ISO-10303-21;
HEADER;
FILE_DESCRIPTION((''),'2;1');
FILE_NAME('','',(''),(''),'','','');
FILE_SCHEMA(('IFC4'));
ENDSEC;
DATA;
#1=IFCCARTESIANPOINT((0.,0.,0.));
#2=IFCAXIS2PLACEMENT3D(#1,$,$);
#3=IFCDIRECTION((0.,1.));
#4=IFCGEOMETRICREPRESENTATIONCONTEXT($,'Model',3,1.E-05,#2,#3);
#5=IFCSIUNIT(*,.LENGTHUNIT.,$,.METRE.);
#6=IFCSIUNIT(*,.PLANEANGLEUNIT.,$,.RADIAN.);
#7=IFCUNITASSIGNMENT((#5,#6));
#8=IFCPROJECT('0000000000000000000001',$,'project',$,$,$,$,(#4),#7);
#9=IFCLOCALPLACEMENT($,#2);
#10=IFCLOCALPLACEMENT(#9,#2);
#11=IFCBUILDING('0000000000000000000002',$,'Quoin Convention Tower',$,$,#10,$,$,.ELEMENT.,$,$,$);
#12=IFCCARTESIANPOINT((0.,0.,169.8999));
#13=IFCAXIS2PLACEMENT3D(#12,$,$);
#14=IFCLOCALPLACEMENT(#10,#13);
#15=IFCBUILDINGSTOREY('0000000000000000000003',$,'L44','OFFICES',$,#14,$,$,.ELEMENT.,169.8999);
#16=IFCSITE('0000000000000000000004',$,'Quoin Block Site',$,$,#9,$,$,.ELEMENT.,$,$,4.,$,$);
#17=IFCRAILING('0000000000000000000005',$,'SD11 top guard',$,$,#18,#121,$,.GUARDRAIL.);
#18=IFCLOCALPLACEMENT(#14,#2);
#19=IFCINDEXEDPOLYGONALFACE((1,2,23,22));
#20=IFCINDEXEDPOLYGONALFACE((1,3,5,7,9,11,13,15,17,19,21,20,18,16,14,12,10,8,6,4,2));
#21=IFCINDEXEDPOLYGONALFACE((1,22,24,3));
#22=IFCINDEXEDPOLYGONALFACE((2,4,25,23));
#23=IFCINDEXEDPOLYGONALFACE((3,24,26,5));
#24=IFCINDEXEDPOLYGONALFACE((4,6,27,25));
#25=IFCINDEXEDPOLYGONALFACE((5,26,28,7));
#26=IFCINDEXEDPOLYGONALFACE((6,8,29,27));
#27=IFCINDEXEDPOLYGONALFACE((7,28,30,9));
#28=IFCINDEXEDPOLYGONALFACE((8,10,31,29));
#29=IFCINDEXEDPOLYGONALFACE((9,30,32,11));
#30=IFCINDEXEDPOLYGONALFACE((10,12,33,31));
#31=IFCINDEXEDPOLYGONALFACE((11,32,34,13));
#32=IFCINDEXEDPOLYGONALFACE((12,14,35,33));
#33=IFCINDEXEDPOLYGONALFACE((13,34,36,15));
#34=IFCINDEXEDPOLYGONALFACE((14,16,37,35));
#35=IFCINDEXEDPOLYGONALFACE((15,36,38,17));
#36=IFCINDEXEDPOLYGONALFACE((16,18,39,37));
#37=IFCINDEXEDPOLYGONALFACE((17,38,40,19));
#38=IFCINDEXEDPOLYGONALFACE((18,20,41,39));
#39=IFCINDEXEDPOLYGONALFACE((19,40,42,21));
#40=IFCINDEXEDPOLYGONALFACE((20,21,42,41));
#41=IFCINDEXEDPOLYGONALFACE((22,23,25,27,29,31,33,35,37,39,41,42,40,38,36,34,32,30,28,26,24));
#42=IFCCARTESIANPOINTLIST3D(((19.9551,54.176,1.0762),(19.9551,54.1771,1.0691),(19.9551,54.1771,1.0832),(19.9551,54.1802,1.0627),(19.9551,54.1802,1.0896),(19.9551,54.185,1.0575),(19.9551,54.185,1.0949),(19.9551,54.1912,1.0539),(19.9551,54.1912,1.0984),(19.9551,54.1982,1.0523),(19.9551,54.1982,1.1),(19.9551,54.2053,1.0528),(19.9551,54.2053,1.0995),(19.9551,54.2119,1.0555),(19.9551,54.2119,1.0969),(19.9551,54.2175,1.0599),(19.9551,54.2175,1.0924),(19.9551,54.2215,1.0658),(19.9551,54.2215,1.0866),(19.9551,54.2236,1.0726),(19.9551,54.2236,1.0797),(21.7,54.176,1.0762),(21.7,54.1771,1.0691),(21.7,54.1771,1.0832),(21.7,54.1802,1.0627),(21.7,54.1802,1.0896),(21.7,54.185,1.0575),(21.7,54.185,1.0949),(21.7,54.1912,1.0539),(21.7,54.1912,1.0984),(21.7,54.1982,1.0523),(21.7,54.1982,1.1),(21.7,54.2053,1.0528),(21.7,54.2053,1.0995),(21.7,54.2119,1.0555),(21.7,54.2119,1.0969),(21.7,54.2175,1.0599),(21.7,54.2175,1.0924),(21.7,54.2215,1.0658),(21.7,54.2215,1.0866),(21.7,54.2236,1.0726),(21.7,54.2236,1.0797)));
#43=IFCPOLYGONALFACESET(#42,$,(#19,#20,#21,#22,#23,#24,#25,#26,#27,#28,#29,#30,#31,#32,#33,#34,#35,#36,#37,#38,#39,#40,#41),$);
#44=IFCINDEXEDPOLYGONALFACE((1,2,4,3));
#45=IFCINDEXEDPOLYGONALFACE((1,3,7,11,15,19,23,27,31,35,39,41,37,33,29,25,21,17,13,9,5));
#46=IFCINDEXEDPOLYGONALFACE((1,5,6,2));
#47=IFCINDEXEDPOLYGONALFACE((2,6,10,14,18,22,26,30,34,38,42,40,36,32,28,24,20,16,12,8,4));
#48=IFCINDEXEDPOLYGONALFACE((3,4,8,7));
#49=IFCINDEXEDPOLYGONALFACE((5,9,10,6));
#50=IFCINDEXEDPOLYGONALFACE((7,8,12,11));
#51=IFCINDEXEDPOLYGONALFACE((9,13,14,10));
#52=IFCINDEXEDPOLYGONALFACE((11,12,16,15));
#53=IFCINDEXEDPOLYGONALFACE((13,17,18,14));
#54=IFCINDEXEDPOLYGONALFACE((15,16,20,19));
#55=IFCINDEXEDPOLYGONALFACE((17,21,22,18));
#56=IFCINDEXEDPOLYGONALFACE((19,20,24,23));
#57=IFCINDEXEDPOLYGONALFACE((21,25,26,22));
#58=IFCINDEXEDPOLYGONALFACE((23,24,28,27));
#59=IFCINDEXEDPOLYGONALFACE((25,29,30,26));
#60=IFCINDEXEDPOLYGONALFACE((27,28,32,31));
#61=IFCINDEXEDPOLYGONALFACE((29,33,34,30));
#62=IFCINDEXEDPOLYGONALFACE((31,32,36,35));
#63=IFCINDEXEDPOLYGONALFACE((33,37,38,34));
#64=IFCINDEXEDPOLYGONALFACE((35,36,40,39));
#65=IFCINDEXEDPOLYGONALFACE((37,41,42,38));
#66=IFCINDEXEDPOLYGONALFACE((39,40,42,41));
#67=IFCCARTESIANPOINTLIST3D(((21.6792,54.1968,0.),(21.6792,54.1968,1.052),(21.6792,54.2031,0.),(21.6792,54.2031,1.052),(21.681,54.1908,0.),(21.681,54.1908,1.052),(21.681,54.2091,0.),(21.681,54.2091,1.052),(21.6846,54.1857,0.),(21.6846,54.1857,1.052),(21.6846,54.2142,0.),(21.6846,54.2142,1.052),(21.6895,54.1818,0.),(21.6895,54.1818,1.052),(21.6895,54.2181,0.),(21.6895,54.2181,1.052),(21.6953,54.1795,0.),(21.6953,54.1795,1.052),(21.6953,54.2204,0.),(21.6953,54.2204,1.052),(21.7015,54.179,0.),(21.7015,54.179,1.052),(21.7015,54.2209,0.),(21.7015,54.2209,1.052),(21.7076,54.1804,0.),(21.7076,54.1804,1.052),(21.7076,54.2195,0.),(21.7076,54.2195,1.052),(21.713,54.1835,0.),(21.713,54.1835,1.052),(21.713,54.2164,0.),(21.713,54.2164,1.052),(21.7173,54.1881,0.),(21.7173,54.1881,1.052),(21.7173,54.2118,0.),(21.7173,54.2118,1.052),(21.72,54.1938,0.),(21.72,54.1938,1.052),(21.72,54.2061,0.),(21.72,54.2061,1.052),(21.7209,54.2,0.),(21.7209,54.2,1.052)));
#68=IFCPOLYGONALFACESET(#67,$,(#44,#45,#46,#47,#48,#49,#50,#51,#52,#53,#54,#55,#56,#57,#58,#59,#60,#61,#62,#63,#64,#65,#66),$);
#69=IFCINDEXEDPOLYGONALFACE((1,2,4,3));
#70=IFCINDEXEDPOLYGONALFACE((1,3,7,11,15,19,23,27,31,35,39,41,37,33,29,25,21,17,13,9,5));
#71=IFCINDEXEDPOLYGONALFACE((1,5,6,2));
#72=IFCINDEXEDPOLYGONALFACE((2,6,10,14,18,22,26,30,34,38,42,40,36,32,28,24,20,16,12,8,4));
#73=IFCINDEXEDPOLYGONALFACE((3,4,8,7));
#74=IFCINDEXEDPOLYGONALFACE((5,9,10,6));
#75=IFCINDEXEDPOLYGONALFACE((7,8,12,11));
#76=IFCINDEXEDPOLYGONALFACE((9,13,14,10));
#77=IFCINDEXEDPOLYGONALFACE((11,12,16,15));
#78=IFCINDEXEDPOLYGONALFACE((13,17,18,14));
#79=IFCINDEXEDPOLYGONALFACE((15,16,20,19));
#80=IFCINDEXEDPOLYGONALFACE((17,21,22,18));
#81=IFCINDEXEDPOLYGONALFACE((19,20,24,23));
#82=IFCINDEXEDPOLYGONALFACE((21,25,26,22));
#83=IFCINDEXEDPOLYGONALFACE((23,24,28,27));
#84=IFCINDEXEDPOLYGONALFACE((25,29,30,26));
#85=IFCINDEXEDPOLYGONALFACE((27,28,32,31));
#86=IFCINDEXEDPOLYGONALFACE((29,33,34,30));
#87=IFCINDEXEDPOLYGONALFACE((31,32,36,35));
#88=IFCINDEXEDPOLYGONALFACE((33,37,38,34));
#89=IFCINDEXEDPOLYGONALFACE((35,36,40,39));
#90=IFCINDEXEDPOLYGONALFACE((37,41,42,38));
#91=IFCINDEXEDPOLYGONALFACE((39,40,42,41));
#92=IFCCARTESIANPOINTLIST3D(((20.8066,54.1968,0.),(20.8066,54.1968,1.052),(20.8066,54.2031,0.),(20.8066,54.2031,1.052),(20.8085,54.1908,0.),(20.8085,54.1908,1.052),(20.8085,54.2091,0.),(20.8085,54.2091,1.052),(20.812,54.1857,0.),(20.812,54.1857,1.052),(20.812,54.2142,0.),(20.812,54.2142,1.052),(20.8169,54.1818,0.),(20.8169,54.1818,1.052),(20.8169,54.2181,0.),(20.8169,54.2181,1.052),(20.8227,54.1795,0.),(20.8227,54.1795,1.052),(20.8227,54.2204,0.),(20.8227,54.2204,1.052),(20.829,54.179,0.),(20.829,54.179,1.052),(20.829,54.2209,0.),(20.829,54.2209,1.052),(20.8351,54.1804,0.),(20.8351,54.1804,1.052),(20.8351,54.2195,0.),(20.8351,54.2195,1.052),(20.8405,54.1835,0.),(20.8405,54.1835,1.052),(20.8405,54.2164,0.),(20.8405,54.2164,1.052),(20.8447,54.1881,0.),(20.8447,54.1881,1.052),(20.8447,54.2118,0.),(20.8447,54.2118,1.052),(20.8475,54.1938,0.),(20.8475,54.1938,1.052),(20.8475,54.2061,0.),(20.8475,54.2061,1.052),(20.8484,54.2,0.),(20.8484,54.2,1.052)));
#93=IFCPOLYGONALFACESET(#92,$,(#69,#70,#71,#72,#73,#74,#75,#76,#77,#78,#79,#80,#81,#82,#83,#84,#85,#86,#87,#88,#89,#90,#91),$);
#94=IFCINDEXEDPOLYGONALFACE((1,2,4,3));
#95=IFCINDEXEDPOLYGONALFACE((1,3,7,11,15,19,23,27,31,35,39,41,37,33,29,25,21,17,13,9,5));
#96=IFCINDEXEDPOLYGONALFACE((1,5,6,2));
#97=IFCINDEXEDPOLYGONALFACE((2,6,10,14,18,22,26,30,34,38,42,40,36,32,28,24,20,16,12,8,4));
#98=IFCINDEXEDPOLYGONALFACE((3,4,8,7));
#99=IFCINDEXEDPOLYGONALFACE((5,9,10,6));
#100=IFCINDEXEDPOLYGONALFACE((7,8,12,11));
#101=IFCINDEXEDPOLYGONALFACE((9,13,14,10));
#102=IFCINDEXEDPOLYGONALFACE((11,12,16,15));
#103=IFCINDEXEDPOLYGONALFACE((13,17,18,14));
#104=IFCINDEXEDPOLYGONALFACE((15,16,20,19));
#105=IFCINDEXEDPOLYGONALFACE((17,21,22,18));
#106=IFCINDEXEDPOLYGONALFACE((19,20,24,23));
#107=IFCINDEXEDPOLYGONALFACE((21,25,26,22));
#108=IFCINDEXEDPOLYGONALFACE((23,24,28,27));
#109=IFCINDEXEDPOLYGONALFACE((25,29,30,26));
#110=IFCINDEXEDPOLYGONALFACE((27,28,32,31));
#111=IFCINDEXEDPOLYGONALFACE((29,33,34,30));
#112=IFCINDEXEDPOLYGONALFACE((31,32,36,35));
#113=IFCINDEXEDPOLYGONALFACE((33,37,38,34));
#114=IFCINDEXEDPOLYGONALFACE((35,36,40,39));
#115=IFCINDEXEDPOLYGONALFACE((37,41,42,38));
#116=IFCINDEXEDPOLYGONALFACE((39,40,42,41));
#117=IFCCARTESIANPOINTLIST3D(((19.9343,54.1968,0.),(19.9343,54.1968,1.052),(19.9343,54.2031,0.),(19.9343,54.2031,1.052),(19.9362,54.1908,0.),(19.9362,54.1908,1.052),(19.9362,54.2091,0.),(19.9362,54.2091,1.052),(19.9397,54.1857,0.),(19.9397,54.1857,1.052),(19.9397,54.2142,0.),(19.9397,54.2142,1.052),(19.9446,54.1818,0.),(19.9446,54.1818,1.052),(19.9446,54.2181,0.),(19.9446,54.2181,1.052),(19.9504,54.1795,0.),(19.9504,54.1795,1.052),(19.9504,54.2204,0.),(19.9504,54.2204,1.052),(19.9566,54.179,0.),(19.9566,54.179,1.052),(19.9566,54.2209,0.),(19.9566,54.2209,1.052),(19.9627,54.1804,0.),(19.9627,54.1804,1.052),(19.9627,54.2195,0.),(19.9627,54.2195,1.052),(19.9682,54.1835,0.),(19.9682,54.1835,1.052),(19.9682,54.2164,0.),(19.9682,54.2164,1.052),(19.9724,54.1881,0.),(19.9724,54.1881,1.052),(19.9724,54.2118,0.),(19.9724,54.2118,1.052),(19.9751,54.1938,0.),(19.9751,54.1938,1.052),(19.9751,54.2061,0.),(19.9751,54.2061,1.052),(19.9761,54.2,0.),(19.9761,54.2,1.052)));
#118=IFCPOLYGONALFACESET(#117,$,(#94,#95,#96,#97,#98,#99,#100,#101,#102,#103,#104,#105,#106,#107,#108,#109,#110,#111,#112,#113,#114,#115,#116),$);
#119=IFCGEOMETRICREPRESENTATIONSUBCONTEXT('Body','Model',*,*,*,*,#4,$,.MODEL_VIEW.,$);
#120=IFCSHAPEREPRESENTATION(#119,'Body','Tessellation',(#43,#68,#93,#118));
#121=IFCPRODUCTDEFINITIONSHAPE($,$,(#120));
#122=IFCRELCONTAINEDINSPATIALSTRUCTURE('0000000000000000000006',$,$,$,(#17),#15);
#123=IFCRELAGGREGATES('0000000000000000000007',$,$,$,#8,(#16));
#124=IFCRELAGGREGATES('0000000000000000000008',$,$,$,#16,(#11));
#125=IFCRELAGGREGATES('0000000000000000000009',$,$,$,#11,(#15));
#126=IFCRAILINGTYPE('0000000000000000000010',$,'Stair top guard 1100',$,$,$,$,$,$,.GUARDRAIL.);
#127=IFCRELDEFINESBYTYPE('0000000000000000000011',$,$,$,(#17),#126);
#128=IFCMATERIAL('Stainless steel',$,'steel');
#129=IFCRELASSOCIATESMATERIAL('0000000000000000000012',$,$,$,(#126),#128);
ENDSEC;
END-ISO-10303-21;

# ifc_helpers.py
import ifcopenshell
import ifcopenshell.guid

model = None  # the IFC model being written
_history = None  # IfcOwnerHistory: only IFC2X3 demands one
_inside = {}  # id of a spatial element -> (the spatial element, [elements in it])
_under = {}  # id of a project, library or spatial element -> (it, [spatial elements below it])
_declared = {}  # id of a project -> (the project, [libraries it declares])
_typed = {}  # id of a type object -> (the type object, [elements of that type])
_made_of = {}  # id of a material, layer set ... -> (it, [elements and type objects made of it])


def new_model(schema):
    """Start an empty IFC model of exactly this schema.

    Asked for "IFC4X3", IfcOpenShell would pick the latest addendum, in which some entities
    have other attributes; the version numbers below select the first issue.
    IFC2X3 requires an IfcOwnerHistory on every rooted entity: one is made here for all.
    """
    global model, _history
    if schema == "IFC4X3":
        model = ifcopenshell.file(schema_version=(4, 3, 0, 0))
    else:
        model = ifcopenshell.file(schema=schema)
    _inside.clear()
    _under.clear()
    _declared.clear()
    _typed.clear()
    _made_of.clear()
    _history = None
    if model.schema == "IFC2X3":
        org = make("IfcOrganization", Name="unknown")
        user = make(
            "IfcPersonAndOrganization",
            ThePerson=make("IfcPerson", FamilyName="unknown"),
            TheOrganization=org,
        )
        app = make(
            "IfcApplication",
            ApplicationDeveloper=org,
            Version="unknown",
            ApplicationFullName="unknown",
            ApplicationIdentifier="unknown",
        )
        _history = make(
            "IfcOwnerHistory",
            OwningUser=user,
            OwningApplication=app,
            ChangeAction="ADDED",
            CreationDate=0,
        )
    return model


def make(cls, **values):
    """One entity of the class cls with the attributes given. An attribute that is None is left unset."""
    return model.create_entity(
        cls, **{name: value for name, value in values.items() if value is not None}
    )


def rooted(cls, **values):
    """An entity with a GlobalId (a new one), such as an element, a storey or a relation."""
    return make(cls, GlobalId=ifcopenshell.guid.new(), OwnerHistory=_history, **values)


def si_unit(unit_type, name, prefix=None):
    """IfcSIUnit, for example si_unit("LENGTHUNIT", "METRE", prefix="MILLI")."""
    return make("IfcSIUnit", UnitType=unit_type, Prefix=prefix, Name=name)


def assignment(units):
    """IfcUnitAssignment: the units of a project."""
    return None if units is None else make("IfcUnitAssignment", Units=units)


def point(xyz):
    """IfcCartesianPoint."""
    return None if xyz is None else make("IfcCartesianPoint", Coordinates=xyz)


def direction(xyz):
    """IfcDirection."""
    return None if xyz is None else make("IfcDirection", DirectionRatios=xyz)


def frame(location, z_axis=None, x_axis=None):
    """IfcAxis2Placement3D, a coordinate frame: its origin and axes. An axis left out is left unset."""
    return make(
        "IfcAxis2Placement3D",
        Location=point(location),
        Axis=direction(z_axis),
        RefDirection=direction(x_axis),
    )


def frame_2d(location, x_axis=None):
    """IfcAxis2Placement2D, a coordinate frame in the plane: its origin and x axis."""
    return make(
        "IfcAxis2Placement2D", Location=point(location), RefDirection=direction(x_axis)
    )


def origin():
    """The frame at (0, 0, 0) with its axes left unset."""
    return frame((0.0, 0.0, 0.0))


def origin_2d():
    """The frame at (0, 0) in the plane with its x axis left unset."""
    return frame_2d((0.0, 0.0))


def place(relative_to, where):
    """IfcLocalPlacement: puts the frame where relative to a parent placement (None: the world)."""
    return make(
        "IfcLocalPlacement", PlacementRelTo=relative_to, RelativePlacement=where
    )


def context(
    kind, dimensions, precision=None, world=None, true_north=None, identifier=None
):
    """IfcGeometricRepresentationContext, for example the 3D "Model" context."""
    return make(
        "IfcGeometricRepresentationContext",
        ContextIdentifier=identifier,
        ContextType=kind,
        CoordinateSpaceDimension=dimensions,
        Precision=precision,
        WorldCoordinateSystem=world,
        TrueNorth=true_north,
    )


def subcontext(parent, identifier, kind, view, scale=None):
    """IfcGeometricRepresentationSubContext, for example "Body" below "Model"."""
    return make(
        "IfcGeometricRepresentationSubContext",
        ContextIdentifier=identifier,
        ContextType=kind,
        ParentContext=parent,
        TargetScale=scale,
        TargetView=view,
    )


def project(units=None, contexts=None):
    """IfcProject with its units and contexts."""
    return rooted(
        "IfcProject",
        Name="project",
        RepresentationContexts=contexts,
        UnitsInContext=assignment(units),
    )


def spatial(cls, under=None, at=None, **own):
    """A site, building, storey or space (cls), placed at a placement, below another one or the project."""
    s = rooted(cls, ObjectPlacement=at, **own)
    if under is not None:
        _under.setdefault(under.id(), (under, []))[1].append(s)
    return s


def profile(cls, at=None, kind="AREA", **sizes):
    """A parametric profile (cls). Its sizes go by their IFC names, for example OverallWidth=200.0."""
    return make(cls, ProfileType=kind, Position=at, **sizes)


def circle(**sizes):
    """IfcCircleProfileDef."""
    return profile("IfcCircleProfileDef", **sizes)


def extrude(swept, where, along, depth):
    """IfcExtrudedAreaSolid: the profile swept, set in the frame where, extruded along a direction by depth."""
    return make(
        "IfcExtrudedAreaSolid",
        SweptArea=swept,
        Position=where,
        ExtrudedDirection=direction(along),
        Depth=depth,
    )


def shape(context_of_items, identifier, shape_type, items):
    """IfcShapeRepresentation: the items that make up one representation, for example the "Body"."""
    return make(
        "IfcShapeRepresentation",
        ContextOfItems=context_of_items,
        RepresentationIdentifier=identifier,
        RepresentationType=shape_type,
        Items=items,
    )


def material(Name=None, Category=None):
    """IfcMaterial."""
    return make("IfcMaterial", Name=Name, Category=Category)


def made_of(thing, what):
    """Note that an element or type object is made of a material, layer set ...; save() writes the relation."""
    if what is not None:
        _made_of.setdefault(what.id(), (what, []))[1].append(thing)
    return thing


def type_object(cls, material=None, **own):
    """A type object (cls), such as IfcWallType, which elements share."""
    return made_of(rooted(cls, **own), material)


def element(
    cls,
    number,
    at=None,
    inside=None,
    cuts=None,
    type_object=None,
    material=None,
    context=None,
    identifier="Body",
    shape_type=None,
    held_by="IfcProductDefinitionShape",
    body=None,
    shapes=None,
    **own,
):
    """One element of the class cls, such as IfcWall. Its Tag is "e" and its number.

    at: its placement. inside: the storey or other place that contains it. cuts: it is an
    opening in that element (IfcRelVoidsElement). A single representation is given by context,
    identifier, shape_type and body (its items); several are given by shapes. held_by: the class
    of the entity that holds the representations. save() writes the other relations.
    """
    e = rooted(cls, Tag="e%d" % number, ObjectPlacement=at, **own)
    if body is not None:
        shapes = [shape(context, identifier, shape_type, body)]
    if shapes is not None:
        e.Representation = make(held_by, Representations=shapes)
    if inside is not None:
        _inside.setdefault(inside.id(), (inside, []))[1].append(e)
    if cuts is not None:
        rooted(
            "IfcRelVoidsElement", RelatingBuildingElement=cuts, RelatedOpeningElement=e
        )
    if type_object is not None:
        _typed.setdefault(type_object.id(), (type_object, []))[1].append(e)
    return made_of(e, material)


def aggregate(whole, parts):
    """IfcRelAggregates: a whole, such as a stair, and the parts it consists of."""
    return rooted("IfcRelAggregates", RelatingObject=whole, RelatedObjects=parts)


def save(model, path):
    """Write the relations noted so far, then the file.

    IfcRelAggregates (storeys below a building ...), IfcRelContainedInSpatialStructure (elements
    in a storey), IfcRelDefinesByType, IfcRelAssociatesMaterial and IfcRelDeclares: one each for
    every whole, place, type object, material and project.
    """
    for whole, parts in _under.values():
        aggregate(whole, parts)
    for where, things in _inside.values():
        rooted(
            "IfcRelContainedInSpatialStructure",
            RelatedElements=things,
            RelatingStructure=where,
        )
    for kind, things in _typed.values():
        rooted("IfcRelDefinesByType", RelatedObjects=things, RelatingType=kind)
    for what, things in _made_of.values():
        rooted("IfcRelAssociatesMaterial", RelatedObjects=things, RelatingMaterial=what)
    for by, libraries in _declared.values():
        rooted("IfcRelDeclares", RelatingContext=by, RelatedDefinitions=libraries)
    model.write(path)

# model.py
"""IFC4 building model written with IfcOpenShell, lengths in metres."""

from ifc_helpers import new_model, si_unit, direction, frame, origin, origin_2d, place, context, subcontext, project, spatial, circle, extrude, material, type_object, element, save


model = new_model("IFC4")

# Units and contexts
model_context = context("Model", 3, precision=1e-05, world=origin(), true_north=direction((0.0, 1.0)))
body_context = subcontext(model_context, "Body", "Model", "MODEL_VIEW")
ifc_project = project(units=[si_unit("LENGTHUNIT", "METRE"), si_unit("PLANEANGLEUNIT", "RADIAN")], contexts=[model_context])

# Site, building, storey
site_placement = place(None, origin())
site = spatial("IfcSite", under=ifc_project, at=site_placement, Name="Quoin Block Site", CompositionType="ELEMENT", RefElevation=4.0)
building_placement = place(site_placement, origin())
building = spatial("IfcBuilding", under=site, at=building_placement, Name="Quoin Convention Tower", CompositionType="ELEMENT")
storey_placement = place(building_placement, frame((0.0, 0.0, 169.8999)))
storey = spatial("IfcBuildingStorey", under=building, at=storey_placement, Name="L44", Description="OFFICES", CompositionType="ELEMENT", Elevation=169.8999)

# Railing
ifc_material_1 = material(Name="Stainless steel", Category="steel")
railing_type_1 = type_object("IfcRailingType", Name="Stair top guard 1100", PredefinedType="GUARDRAIL", material=ifc_material_1)
railing_1_placement = place(storey_placement, frame((21.7, 54.2, 0.0)))
element("IfcRailing", 1, at=railing_1_placement, inside=storey, type_object=railing_type_1, Name="SD11 top guard", PredefinedType="GUARDRAIL", context=body_context, shape_type="SweptSolid", body=[
    extrude(circle(Radius=0.0239, at=origin_2d()), frame((0.0, 0.0, 1.0762), z_axis=(-1.0, 0.0, 0.0), x_axis=(0.0, -1.0, 0.0)), (0.0, 0.0, 1.0), 1.7449),
    extrude(circle(Radius=0.021, at=origin_2d()), origin(), (0.0, 0.0, 1.0), 1.052),
    extrude(circle(Radius=0.021, at=origin_2d()), frame((-0.8726, 0.0, 0.0)), (0.0, 0.0, 1.0), 1.052),
    extrude(circle(Radius=0.021, at=origin_2d()), frame((-1.7449, 0.0, 0.0)), (0.0, 0.0, 1.0), 1.052),
])

save(model, "model.ifc")
